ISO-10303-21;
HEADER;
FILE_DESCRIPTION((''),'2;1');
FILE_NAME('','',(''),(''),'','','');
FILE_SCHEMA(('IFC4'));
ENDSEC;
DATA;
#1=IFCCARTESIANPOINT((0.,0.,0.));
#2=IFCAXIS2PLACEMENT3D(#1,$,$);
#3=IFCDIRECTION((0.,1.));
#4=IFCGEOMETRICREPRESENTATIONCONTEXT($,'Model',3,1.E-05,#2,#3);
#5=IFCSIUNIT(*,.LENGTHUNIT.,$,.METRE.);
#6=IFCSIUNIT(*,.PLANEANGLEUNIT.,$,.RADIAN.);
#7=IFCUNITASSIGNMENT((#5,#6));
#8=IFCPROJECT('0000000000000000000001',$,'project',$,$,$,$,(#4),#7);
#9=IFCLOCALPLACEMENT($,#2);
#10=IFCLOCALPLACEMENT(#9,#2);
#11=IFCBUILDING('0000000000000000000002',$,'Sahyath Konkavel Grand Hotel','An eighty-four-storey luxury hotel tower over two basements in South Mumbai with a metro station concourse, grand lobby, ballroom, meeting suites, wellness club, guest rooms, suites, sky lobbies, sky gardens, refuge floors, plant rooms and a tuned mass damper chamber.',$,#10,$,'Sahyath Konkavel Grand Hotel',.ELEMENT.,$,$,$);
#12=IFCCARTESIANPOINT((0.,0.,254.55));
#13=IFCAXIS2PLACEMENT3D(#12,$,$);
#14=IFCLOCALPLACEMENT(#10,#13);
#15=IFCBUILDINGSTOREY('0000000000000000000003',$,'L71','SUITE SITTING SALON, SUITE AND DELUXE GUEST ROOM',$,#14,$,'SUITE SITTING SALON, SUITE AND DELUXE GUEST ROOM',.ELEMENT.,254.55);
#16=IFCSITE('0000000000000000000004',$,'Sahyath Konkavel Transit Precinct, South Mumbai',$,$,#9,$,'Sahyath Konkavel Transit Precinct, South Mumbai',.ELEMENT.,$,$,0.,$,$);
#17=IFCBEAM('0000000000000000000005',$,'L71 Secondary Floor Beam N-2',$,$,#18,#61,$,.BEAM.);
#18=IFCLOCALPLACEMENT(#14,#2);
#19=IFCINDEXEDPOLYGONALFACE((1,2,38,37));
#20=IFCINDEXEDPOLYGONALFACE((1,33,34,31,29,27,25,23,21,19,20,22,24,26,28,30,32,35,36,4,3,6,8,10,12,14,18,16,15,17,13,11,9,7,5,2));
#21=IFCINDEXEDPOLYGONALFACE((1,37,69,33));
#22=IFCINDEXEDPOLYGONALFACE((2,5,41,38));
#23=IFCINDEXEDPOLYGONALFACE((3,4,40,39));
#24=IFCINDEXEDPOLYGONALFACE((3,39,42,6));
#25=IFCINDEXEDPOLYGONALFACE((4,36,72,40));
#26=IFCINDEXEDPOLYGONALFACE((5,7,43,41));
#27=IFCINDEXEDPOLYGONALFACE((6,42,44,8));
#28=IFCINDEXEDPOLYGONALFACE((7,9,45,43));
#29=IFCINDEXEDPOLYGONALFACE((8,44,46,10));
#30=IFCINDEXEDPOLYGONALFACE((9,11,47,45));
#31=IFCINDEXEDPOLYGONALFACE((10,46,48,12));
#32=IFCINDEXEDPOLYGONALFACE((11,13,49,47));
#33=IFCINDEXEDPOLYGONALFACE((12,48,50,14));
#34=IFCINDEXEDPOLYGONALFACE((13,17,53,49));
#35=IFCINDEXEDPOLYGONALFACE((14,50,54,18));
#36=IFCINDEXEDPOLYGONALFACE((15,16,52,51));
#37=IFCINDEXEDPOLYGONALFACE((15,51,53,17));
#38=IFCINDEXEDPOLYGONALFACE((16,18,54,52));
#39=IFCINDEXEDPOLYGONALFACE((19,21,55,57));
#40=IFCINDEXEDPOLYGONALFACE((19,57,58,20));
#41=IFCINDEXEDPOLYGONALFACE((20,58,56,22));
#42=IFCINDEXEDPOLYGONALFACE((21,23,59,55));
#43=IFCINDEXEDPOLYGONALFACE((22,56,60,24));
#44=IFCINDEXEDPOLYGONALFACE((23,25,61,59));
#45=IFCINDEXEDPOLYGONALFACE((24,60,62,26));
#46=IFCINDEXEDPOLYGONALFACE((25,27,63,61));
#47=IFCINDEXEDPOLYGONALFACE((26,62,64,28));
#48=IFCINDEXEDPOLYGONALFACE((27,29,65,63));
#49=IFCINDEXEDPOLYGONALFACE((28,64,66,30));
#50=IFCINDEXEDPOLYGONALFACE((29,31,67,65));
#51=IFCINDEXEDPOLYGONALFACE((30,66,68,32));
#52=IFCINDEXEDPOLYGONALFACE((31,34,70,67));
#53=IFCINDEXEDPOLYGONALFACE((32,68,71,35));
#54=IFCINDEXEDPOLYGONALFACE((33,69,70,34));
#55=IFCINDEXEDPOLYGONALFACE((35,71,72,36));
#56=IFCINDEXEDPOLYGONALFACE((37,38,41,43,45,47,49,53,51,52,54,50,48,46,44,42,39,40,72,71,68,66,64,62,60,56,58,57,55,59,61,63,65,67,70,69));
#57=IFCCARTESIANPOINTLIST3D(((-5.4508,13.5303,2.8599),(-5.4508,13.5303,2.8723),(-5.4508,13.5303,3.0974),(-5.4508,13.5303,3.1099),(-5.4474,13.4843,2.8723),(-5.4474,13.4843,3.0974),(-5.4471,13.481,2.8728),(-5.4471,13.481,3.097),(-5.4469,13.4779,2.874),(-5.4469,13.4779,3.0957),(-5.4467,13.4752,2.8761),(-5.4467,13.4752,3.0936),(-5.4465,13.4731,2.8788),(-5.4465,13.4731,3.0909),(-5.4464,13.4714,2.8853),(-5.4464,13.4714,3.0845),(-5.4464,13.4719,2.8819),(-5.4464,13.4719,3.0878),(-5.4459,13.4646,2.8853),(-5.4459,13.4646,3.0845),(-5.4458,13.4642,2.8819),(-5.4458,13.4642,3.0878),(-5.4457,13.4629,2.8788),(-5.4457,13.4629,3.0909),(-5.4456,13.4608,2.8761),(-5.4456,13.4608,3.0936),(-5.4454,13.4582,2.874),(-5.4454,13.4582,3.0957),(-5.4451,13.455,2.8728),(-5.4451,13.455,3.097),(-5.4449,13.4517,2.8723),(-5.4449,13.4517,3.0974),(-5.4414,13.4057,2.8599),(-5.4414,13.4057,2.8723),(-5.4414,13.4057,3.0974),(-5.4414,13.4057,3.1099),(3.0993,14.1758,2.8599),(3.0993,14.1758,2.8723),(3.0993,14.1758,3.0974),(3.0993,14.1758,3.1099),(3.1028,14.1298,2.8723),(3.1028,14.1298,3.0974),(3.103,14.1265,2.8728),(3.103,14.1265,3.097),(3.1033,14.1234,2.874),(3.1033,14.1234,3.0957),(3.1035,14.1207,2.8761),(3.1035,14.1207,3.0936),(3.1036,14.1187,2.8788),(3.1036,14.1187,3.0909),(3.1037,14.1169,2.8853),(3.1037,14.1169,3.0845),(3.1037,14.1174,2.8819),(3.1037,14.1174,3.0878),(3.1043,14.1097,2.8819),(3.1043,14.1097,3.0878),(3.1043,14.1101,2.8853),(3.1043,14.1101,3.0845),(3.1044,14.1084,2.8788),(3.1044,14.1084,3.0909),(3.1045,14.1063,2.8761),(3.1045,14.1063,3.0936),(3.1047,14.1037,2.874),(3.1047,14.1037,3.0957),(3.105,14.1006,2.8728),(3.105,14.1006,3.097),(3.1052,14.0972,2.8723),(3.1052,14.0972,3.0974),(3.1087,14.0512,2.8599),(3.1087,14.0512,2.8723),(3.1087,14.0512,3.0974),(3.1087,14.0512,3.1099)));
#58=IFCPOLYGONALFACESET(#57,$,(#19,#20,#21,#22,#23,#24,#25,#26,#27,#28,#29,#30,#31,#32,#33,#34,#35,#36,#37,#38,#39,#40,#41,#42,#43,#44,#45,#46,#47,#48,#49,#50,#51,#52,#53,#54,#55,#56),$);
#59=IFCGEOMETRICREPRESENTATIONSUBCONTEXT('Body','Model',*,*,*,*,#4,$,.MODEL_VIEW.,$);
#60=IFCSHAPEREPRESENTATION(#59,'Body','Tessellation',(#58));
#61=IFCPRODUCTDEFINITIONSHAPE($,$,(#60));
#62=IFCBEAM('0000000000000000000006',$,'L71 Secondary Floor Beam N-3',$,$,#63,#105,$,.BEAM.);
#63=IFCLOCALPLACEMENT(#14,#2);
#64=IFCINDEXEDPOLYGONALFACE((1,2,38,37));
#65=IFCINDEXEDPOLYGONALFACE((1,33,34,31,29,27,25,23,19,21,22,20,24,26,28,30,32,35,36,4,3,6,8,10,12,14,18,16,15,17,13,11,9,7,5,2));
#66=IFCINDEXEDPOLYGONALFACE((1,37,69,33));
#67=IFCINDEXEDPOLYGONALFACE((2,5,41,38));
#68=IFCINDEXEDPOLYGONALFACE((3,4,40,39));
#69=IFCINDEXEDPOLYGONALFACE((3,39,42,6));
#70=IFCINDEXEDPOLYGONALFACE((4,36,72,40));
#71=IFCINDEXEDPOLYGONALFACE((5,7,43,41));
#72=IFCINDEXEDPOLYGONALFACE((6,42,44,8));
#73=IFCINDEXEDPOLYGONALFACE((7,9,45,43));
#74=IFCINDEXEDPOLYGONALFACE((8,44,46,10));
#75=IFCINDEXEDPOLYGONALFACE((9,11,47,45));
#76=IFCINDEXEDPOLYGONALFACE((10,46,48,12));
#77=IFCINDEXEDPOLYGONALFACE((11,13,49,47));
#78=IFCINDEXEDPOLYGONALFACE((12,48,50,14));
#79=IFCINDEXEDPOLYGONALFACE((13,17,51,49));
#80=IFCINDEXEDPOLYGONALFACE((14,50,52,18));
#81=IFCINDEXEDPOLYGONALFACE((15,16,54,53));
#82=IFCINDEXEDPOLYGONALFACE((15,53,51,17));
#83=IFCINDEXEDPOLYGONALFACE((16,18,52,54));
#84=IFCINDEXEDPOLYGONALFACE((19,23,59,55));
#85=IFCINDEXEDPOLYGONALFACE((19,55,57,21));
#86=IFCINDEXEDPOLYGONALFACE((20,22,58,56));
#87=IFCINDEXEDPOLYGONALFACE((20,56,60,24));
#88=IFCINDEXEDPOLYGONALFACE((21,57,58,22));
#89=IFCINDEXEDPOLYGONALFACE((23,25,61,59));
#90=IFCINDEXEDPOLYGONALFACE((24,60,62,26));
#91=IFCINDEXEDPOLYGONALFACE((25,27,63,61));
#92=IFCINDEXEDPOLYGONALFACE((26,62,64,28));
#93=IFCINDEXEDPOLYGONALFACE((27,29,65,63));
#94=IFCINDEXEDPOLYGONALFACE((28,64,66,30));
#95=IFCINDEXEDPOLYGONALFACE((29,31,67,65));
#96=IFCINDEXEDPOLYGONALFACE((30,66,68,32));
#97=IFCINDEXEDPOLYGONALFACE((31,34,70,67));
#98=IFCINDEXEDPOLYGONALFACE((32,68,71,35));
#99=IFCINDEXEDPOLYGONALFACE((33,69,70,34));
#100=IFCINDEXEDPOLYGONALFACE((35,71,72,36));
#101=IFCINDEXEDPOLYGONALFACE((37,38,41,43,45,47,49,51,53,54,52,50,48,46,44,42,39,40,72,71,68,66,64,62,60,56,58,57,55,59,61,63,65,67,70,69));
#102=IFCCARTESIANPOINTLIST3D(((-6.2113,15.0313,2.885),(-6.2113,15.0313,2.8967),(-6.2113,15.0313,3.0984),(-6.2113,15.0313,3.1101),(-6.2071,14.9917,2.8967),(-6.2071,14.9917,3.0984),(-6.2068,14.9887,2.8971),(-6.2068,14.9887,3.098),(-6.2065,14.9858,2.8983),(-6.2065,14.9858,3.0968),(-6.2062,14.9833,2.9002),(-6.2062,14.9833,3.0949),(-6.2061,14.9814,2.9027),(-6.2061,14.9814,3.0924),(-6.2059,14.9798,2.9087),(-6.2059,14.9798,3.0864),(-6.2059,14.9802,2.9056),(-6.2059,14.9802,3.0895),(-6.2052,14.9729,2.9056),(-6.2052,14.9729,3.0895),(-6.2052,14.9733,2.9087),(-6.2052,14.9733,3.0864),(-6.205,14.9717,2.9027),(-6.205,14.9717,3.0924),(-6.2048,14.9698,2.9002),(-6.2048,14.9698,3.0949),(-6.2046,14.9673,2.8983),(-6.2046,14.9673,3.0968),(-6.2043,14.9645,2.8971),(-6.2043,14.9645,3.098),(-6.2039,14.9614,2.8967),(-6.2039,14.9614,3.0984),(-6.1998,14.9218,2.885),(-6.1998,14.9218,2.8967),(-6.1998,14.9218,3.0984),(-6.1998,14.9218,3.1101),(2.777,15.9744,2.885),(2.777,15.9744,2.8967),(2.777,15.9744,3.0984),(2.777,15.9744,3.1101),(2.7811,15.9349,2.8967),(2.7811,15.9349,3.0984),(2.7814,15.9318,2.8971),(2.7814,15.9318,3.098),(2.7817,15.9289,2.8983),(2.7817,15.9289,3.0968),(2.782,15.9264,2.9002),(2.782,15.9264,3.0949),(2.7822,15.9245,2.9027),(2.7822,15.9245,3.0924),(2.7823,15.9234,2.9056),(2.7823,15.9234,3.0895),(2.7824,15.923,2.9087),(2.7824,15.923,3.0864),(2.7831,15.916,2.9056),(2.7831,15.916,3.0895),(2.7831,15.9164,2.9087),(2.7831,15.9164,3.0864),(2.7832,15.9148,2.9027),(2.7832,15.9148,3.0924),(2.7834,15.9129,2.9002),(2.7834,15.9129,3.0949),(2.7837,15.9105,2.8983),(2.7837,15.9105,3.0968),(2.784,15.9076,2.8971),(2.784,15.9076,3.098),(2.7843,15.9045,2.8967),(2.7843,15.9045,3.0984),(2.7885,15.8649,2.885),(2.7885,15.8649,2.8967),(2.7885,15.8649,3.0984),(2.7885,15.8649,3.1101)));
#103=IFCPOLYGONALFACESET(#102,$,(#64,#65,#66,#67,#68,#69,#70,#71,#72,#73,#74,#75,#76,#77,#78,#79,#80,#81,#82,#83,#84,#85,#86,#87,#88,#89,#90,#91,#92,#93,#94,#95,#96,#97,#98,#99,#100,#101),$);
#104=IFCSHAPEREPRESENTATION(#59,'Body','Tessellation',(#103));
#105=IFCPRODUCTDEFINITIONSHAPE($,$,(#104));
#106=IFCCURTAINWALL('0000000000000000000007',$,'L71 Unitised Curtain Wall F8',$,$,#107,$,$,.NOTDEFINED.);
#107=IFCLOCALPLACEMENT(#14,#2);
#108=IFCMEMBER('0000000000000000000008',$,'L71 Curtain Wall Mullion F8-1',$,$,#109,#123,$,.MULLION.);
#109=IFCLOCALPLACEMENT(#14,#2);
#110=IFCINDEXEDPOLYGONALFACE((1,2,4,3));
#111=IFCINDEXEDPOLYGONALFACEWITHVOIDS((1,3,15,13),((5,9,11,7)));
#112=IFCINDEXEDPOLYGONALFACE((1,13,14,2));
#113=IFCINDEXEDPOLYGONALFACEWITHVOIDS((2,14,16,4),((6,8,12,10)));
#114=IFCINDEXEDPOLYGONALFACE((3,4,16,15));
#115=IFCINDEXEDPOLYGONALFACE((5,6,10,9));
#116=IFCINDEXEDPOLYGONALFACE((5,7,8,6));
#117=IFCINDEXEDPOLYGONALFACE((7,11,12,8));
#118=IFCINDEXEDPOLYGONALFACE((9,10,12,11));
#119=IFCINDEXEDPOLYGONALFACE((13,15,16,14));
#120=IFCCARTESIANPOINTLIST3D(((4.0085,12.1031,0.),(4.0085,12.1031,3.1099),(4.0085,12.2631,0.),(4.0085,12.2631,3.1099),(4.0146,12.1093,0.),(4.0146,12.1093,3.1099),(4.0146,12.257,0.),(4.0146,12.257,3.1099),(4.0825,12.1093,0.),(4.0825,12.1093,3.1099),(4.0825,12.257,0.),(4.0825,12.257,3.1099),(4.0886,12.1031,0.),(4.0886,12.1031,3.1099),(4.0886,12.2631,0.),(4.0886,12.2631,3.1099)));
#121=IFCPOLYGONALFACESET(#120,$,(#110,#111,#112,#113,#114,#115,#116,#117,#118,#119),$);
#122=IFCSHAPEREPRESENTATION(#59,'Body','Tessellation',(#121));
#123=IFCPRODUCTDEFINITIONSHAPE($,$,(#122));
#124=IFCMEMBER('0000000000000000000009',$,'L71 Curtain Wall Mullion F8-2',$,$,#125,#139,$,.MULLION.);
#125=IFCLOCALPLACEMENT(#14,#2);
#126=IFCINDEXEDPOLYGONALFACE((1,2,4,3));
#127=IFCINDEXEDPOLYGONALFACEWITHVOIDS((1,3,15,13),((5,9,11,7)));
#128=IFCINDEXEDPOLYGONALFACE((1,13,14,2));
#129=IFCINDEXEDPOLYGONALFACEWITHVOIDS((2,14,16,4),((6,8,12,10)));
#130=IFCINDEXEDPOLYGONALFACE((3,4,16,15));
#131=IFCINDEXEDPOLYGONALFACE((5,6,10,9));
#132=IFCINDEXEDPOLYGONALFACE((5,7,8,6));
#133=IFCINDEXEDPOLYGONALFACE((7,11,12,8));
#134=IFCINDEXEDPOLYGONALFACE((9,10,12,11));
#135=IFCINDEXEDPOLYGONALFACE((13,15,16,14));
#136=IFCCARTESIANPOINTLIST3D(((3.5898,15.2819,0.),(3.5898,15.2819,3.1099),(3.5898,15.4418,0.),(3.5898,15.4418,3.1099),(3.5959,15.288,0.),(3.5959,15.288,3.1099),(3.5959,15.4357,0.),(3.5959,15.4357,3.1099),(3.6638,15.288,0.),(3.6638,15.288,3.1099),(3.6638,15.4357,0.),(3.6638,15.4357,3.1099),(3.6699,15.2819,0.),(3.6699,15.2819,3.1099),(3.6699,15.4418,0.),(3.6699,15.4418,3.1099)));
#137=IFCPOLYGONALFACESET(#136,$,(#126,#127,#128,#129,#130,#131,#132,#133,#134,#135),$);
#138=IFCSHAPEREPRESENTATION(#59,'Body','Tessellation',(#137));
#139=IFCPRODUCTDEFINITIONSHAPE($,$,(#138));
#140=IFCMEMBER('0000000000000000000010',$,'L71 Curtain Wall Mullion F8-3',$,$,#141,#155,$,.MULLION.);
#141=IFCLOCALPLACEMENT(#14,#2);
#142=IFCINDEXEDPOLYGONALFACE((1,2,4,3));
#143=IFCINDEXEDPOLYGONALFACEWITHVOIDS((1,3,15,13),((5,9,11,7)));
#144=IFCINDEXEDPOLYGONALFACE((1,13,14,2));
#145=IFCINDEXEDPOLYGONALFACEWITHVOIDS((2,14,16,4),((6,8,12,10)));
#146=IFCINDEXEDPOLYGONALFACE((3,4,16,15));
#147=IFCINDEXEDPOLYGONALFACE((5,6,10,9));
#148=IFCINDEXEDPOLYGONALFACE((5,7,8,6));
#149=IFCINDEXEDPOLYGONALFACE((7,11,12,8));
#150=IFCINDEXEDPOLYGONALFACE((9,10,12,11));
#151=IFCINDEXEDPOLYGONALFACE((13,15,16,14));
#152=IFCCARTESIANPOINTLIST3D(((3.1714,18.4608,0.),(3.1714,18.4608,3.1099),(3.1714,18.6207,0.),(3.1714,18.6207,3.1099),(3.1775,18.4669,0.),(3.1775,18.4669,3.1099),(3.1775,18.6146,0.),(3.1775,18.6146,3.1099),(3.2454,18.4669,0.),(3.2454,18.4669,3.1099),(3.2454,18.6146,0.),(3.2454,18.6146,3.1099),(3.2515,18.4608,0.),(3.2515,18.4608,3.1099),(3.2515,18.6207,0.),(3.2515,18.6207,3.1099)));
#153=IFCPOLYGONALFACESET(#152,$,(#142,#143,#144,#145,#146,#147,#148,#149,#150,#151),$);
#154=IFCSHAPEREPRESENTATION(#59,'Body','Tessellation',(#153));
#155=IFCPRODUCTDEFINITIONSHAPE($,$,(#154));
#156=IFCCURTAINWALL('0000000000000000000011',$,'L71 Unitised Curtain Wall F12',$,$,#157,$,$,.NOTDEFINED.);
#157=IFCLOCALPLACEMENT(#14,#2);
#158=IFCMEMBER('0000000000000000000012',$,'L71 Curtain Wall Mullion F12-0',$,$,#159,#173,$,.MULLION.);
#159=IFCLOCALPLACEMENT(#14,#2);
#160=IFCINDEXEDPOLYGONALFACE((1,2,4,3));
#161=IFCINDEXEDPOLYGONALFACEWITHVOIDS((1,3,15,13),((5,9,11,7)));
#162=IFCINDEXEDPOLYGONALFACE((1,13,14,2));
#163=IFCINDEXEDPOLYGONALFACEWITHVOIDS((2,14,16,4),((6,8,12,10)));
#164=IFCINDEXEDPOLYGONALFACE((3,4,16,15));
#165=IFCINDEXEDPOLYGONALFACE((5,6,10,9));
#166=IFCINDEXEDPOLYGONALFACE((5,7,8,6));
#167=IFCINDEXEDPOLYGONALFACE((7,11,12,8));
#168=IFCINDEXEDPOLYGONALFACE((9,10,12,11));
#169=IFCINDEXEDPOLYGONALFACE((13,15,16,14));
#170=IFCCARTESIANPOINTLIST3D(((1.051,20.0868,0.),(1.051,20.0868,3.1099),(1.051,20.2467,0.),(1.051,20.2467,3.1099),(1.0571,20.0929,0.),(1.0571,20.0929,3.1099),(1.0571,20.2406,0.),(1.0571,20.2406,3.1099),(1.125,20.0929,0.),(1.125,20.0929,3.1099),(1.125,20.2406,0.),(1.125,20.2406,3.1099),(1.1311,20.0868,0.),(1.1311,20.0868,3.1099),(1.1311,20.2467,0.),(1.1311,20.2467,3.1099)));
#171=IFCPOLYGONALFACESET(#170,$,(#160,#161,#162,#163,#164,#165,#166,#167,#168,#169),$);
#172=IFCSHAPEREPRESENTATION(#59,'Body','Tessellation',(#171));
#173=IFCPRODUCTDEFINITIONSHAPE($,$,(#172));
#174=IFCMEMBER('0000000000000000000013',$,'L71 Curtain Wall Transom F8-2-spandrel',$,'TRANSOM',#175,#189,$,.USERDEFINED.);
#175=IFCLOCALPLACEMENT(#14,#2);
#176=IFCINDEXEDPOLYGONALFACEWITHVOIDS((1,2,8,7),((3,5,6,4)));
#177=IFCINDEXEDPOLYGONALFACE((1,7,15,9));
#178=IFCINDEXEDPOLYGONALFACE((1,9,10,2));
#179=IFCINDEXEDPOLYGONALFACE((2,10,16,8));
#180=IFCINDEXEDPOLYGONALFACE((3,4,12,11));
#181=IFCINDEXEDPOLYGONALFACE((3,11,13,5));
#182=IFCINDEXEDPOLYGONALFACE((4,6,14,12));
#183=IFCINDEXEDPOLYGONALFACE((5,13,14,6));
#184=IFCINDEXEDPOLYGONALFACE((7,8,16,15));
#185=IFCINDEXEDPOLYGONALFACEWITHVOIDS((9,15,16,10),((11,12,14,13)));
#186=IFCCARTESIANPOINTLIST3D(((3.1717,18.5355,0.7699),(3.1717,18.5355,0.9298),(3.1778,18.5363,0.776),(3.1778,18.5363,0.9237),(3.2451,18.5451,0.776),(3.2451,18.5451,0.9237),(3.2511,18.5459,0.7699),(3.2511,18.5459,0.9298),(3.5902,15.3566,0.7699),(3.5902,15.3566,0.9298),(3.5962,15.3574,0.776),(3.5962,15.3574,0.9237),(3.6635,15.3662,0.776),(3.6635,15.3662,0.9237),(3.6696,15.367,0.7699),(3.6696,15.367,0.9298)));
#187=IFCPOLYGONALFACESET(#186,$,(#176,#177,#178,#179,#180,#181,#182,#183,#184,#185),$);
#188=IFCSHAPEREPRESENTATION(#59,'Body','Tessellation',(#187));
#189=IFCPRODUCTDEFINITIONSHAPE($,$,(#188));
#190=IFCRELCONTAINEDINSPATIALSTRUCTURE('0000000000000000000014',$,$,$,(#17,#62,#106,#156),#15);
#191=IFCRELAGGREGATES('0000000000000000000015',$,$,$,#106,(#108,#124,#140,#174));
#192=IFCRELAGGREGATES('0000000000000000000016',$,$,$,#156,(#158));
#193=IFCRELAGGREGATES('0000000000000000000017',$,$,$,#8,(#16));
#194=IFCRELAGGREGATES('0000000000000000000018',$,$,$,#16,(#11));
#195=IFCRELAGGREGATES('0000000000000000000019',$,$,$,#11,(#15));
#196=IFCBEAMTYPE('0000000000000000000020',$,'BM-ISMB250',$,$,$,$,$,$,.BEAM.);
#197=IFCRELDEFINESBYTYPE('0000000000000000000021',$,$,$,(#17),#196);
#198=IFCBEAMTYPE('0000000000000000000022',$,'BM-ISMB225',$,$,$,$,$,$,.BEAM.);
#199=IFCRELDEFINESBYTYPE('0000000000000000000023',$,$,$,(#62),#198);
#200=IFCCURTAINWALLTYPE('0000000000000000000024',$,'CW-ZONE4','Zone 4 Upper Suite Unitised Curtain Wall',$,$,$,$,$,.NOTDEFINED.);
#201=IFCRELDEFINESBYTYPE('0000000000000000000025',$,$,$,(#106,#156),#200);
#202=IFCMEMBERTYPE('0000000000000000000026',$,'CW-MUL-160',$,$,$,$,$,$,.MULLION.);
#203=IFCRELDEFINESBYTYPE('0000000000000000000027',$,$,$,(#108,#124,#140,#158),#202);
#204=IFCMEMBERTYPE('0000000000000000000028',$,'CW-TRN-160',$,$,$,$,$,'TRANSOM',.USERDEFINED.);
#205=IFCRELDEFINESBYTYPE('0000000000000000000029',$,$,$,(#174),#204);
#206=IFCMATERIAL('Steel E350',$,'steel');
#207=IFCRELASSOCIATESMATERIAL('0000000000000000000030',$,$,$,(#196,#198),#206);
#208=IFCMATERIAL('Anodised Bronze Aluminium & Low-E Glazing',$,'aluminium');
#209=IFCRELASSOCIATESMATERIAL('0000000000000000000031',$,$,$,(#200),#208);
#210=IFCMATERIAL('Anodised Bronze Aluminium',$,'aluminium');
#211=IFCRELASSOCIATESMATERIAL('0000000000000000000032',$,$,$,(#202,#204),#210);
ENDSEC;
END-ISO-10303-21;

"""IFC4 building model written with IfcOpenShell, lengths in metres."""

from ifc_helpers import new_model, si_unit, direction, frame, origin, origin_2d, place, context, subcontext, project, spatial, hollow_rectangle, i_section, extrude, source, transform, mapped, material, material_profile, profile_set, type_object, element, aggregate, save


model = new_model("IFC4")

# Units and contexts
model_context = context("Model", 3, precision=1e-05, world=origin(), true_north=direction((0.0, 1.0)))
body_context = subcontext(model_context, "Body", "Model", "MODEL_VIEW")
ifc_project = project(units=[si_unit("LENGTHUNIT", "METRE"), si_unit("PLANEANGLEUNIT", "RADIAN")], contexts=[model_context])

# Site, building, storey
site_placement = place(None, origin())
site = spatial("IfcSite", under=ifc_project, at=site_placement, Name="Sahyath Konkavel Transit Precinct, South Mumbai", LongName="Sahyath Konkavel Transit Precinct, South Mumbai", CompositionType="ELEMENT", RefElevation=0.0)
building_placement = place(site_placement, origin())
building = spatial("IfcBuilding", under=site, at=building_placement, Name="Sahyath Konkavel Grand Hotel", Description="An eighty-four-storey luxury hotel tower over two basements in South Mumbai with a metro station concourse, grand lobby, ballroom, meeting suites, wellness club, guest rooms, suites, sky lobbies, sky gardens, refuge floors, plant rooms and a tuned mass damper chamber.", LongName="Sahyath Konkavel Grand Hotel", CompositionType="ELEMENT")
storey_placement = place(building_placement, frame((0.0, 0.0, 254.55)))
storey = spatial("IfcBuildingStorey", under=building, at=storey_placement, Name="L71", Description="SUITE SITTING SALON, SUITE AND DELUXE GUEST ROOM", LongName="SUITE SITTING SALON, SUITE AND DELUXE GUEST ROOM", CompositionType="ELEMENT", Elevation=254.55)

# Beams
ifc_material_1 = material(Name="Steel E350", Category="steel")
ifc_material_profile_1 = material_profile(ifc_material_1, i_section(OverallWidth=0.125, OverallDepth=0.25, WebThickness=0.0068, FlangeThickness=0.0125, FilletRadius=0.0129, at=origin_2d()), Name="ISMB 250")
ifc_profile_set_1 = profile_set([ifc_material_profile_1], Name="Steel E350")
beam_type_1 = type_object("IfcBeamType", Name="BM-ISMB250", PredefinedType="BEAM", material=ifc_profile_set_1)
shared_shape_1 = source(origin(), body_context, "Body", "SweptSolid", [
    extrude(i_section(OverallWidth=0.125, OverallDepth=0.25, WebThickness=0.0068, FlangeThickness=0.0125, FilletRadius=0.0129, at=origin_2d()), origin(), (0.0, 0.0, 1.0), 8.5745),
])
beam_1_placement = place(storey_placement, frame((3.104, 14.1135, 2.9849), z_axis=(-0.997162, -0.075283, 0.0), x_axis=(0.075283, -0.997162, 0.0)))
element("IfcBeam", 1, at=beam_1_placement, inside=storey, type_object=beam_type_1, Name="L71 Secondary Floor Beam N-2", PredefinedType="BEAM", context=body_context, shape_type="MappedRepresentation", body=[
    mapped(shared_shape_1, transform((0.0, 0.0, 0.0), scale=1.0)),
])
ifc_material_profile_2 = material_profile(ifc_material_1, i_section(OverallWidth=0.1101, OverallDepth=0.2251, WebThickness=0.0066, FlangeThickness=0.0117, FilletRadius=0.012, at=origin_2d()), Name="ISMB 225")
ifc_profile_set_2 = profile_set([ifc_material_profile_2], Name="Steel E350")
beam_type_2 = type_object("IfcBeamType", Name="BM-ISMB225", PredefinedType="BEAM", material=ifc_profile_set_2)
shared_shape_2 = source(origin(), body_context, "Body", "SweptSolid", [
    extrude(i_section(OverallWidth=0.1101, OverallDepth=0.2251, WebThickness=0.0066, FlangeThickness=0.0117, FilletRadius=0.012, at=origin_2d()), origin(), (0.0, 0.0, 1.0), 9.0376),
])
beam_2_placement = place(storey_placement, frame((2.7827, 15.9197, 2.9976), z_axis=(-0.99454, -0.104354, 0.0), x_axis=(0.104354, -0.99454, 0.0)))
element("IfcBeam", 2, at=beam_2_placement, inside=storey, type_object=beam_type_2, Name="L71 Secondary Floor Beam N-3", PredefinedType="BEAM", context=body_context, shape_type="MappedRepresentation", body=[
    mapped(shared_shape_2, transform((0.0, 0.0, 0.0), scale=1.0)),
])

# Curtain wall, members
ifc_material_2 = material(Name="Anodised Bronze Aluminium & Low-E Glazing", Category="aluminium")
curtain_wall_type = type_object("IfcCurtainWallType", Name="CW-ZONE4", Description="Zone 4 Upper Suite Unitised Curtain Wall", PredefinedType="NOTDEFINED", material=ifc_material_2)
curtain_wall_1_placement = place(storey_placement, origin())
curtain_wall_1 = element("IfcCurtainWall", 3, at=curtain_wall_1_placement, inside=storey, type_object=curtain_wall_type, Name="L71 Unitised Curtain Wall F8", PredefinedType="NOTDEFINED")
ifc_material_3 = material(Name="Anodised Bronze Aluminium", Category="aluminium")
ifc_material_profile_3 = material_profile(ifc_material_3, hollow_rectangle(XDim=0.0801, YDim=0.1599, WallThickness=0.0061, at=origin_2d()), Name="RHS 160x80x6")
ifc_profile_set_3 = profile_set([ifc_material_profile_3], Name="Anodised Bronze Aluminium")
member_type_1 = type_object("IfcMemberType", Name="CW-MUL-160", PredefinedType="MULLION", material=ifc_profile_set_3)
shared_shape_3 = source(origin(), body_context, "Body", "SweptSolid", [
    extrude(hollow_rectangle(XDim=0.0801, YDim=0.1599, WallThickness=0.0061, at=origin_2d()), origin(), (0.0, 0.0, 1.0), 3.1099),
])
member_1_placement = place(storey_placement, frame((4.0486, 12.1831, 0.0), z_axis=(0.0, 0.0, 1.0), x_axis=(1.0, 0.0, 0.0)))
member_1 = element("IfcMember", 4, at=member_1_placement, type_object=member_type_1, Name="L71 Curtain Wall Mullion F8-1", PredefinedType="MULLION", context=body_context, shape_type="MappedRepresentation", body=[
    mapped(shared_shape_3, transform((0.0, 0.0, 0.0), scale=1.0)),
])
member_2_placement = place(storey_placement, frame((3.6299, 15.3618, 0.0), z_axis=(0.0, 0.0, 1.0), x_axis=(1.0, 0.0, 0.0)))
member_2 = element("IfcMember", 5, at=member_2_placement, type_object=member_type_1, Name="L71 Curtain Wall Mullion F8-2", PredefinedType="MULLION", context=body_context, shape_type="MappedRepresentation", body=[
    mapped(shared_shape_3, transform((0.0, 0.0, 0.0), scale=1.0)),
])
member_3_placement = place(storey_placement, frame((3.2114, 18.5408, 0.0), z_axis=(0.0, 0.0, 1.0), x_axis=(1.0, 0.0, 0.0)))
member_3 = element("IfcMember", 6, at=member_3_placement, type_object=member_type_1, Name="L71 Curtain Wall Mullion F8-3", PredefinedType="MULLION", context=body_context, shape_type="MappedRepresentation", body=[
    mapped(shared_shape_3, transform((0.0, 0.0, 0.0), scale=1.0)),
])

# Curtain wall, member
curtain_wall_2_placement = place(storey_placement, origin())
curtain_wall_2 = element("IfcCurtainWall", 7, at=curtain_wall_2_placement, inside=storey, type_object=curtain_wall_type, Name="L71 Unitised Curtain Wall F12", PredefinedType="NOTDEFINED")
member_4_placement = place(storey_placement, frame((1.0911, 20.1667, 0.0), z_axis=(0.0, 0.0, 1.0), x_axis=(1.0, 0.0, 0.0)))
member_4 = element("IfcMember", 8, at=member_4_placement, type_object=member_type_1, Name="L71 Curtain Wall Mullion F12-0", PredefinedType="MULLION", context=body_context, shape_type="MappedRepresentation", body=[
    mapped(shared_shape_3, transform((0.0, 0.0, 0.0), scale=1.0)),
])

# Member
ifc_material_profile_4 = material_profile(ifc_material_3, hollow_rectangle(XDim=0.0801, YDim=0.1599, WallThickness=0.0061, at=origin_2d()), Name="RHS 160x80x6")
ifc_profile_set_4 = profile_set([ifc_material_profile_4], Name="Anodised Bronze Aluminium")
member_type_2 = type_object("IfcMemberType", Name="CW-TRN-160", ElementType="TRANSOM", PredefinedType="USERDEFINED", material=ifc_profile_set_4)
shared_shape_4 = source(origin(), body_context, "Body", "SweptSolid", [
    extrude(hollow_rectangle(XDim=0.0801, YDim=0.1599, WallThickness=0.0061, at=origin_2d()), origin(), (0.0, 0.0, 1.0), 3.2063),
])
member_5_placement = place(storey_placement, frame((3.6299, 15.3618, 0.8499), z_axis=(-0.130508, 0.991447, 0.0), x_axis=(-0.991447, -0.130508, 0.0)))
member_5 = element("IfcMember", 9, at=member_5_placement, type_object=member_type_2, Name="L71 Curtain Wall Transom F8-2-spandrel", ObjectType="TRANSOM", PredefinedType="USERDEFINED", context=body_context, shape_type="MappedRepresentation", body=[
    mapped(shared_shape_4, transform((0.0, 0.0, 0.0), scale=1.0)),
])

aggregate(curtain_wall_1, [member_1, member_2, member_3, member_5])
aggregate(curtain_wall_2, [member_4])

save(model, "model.ifc")
